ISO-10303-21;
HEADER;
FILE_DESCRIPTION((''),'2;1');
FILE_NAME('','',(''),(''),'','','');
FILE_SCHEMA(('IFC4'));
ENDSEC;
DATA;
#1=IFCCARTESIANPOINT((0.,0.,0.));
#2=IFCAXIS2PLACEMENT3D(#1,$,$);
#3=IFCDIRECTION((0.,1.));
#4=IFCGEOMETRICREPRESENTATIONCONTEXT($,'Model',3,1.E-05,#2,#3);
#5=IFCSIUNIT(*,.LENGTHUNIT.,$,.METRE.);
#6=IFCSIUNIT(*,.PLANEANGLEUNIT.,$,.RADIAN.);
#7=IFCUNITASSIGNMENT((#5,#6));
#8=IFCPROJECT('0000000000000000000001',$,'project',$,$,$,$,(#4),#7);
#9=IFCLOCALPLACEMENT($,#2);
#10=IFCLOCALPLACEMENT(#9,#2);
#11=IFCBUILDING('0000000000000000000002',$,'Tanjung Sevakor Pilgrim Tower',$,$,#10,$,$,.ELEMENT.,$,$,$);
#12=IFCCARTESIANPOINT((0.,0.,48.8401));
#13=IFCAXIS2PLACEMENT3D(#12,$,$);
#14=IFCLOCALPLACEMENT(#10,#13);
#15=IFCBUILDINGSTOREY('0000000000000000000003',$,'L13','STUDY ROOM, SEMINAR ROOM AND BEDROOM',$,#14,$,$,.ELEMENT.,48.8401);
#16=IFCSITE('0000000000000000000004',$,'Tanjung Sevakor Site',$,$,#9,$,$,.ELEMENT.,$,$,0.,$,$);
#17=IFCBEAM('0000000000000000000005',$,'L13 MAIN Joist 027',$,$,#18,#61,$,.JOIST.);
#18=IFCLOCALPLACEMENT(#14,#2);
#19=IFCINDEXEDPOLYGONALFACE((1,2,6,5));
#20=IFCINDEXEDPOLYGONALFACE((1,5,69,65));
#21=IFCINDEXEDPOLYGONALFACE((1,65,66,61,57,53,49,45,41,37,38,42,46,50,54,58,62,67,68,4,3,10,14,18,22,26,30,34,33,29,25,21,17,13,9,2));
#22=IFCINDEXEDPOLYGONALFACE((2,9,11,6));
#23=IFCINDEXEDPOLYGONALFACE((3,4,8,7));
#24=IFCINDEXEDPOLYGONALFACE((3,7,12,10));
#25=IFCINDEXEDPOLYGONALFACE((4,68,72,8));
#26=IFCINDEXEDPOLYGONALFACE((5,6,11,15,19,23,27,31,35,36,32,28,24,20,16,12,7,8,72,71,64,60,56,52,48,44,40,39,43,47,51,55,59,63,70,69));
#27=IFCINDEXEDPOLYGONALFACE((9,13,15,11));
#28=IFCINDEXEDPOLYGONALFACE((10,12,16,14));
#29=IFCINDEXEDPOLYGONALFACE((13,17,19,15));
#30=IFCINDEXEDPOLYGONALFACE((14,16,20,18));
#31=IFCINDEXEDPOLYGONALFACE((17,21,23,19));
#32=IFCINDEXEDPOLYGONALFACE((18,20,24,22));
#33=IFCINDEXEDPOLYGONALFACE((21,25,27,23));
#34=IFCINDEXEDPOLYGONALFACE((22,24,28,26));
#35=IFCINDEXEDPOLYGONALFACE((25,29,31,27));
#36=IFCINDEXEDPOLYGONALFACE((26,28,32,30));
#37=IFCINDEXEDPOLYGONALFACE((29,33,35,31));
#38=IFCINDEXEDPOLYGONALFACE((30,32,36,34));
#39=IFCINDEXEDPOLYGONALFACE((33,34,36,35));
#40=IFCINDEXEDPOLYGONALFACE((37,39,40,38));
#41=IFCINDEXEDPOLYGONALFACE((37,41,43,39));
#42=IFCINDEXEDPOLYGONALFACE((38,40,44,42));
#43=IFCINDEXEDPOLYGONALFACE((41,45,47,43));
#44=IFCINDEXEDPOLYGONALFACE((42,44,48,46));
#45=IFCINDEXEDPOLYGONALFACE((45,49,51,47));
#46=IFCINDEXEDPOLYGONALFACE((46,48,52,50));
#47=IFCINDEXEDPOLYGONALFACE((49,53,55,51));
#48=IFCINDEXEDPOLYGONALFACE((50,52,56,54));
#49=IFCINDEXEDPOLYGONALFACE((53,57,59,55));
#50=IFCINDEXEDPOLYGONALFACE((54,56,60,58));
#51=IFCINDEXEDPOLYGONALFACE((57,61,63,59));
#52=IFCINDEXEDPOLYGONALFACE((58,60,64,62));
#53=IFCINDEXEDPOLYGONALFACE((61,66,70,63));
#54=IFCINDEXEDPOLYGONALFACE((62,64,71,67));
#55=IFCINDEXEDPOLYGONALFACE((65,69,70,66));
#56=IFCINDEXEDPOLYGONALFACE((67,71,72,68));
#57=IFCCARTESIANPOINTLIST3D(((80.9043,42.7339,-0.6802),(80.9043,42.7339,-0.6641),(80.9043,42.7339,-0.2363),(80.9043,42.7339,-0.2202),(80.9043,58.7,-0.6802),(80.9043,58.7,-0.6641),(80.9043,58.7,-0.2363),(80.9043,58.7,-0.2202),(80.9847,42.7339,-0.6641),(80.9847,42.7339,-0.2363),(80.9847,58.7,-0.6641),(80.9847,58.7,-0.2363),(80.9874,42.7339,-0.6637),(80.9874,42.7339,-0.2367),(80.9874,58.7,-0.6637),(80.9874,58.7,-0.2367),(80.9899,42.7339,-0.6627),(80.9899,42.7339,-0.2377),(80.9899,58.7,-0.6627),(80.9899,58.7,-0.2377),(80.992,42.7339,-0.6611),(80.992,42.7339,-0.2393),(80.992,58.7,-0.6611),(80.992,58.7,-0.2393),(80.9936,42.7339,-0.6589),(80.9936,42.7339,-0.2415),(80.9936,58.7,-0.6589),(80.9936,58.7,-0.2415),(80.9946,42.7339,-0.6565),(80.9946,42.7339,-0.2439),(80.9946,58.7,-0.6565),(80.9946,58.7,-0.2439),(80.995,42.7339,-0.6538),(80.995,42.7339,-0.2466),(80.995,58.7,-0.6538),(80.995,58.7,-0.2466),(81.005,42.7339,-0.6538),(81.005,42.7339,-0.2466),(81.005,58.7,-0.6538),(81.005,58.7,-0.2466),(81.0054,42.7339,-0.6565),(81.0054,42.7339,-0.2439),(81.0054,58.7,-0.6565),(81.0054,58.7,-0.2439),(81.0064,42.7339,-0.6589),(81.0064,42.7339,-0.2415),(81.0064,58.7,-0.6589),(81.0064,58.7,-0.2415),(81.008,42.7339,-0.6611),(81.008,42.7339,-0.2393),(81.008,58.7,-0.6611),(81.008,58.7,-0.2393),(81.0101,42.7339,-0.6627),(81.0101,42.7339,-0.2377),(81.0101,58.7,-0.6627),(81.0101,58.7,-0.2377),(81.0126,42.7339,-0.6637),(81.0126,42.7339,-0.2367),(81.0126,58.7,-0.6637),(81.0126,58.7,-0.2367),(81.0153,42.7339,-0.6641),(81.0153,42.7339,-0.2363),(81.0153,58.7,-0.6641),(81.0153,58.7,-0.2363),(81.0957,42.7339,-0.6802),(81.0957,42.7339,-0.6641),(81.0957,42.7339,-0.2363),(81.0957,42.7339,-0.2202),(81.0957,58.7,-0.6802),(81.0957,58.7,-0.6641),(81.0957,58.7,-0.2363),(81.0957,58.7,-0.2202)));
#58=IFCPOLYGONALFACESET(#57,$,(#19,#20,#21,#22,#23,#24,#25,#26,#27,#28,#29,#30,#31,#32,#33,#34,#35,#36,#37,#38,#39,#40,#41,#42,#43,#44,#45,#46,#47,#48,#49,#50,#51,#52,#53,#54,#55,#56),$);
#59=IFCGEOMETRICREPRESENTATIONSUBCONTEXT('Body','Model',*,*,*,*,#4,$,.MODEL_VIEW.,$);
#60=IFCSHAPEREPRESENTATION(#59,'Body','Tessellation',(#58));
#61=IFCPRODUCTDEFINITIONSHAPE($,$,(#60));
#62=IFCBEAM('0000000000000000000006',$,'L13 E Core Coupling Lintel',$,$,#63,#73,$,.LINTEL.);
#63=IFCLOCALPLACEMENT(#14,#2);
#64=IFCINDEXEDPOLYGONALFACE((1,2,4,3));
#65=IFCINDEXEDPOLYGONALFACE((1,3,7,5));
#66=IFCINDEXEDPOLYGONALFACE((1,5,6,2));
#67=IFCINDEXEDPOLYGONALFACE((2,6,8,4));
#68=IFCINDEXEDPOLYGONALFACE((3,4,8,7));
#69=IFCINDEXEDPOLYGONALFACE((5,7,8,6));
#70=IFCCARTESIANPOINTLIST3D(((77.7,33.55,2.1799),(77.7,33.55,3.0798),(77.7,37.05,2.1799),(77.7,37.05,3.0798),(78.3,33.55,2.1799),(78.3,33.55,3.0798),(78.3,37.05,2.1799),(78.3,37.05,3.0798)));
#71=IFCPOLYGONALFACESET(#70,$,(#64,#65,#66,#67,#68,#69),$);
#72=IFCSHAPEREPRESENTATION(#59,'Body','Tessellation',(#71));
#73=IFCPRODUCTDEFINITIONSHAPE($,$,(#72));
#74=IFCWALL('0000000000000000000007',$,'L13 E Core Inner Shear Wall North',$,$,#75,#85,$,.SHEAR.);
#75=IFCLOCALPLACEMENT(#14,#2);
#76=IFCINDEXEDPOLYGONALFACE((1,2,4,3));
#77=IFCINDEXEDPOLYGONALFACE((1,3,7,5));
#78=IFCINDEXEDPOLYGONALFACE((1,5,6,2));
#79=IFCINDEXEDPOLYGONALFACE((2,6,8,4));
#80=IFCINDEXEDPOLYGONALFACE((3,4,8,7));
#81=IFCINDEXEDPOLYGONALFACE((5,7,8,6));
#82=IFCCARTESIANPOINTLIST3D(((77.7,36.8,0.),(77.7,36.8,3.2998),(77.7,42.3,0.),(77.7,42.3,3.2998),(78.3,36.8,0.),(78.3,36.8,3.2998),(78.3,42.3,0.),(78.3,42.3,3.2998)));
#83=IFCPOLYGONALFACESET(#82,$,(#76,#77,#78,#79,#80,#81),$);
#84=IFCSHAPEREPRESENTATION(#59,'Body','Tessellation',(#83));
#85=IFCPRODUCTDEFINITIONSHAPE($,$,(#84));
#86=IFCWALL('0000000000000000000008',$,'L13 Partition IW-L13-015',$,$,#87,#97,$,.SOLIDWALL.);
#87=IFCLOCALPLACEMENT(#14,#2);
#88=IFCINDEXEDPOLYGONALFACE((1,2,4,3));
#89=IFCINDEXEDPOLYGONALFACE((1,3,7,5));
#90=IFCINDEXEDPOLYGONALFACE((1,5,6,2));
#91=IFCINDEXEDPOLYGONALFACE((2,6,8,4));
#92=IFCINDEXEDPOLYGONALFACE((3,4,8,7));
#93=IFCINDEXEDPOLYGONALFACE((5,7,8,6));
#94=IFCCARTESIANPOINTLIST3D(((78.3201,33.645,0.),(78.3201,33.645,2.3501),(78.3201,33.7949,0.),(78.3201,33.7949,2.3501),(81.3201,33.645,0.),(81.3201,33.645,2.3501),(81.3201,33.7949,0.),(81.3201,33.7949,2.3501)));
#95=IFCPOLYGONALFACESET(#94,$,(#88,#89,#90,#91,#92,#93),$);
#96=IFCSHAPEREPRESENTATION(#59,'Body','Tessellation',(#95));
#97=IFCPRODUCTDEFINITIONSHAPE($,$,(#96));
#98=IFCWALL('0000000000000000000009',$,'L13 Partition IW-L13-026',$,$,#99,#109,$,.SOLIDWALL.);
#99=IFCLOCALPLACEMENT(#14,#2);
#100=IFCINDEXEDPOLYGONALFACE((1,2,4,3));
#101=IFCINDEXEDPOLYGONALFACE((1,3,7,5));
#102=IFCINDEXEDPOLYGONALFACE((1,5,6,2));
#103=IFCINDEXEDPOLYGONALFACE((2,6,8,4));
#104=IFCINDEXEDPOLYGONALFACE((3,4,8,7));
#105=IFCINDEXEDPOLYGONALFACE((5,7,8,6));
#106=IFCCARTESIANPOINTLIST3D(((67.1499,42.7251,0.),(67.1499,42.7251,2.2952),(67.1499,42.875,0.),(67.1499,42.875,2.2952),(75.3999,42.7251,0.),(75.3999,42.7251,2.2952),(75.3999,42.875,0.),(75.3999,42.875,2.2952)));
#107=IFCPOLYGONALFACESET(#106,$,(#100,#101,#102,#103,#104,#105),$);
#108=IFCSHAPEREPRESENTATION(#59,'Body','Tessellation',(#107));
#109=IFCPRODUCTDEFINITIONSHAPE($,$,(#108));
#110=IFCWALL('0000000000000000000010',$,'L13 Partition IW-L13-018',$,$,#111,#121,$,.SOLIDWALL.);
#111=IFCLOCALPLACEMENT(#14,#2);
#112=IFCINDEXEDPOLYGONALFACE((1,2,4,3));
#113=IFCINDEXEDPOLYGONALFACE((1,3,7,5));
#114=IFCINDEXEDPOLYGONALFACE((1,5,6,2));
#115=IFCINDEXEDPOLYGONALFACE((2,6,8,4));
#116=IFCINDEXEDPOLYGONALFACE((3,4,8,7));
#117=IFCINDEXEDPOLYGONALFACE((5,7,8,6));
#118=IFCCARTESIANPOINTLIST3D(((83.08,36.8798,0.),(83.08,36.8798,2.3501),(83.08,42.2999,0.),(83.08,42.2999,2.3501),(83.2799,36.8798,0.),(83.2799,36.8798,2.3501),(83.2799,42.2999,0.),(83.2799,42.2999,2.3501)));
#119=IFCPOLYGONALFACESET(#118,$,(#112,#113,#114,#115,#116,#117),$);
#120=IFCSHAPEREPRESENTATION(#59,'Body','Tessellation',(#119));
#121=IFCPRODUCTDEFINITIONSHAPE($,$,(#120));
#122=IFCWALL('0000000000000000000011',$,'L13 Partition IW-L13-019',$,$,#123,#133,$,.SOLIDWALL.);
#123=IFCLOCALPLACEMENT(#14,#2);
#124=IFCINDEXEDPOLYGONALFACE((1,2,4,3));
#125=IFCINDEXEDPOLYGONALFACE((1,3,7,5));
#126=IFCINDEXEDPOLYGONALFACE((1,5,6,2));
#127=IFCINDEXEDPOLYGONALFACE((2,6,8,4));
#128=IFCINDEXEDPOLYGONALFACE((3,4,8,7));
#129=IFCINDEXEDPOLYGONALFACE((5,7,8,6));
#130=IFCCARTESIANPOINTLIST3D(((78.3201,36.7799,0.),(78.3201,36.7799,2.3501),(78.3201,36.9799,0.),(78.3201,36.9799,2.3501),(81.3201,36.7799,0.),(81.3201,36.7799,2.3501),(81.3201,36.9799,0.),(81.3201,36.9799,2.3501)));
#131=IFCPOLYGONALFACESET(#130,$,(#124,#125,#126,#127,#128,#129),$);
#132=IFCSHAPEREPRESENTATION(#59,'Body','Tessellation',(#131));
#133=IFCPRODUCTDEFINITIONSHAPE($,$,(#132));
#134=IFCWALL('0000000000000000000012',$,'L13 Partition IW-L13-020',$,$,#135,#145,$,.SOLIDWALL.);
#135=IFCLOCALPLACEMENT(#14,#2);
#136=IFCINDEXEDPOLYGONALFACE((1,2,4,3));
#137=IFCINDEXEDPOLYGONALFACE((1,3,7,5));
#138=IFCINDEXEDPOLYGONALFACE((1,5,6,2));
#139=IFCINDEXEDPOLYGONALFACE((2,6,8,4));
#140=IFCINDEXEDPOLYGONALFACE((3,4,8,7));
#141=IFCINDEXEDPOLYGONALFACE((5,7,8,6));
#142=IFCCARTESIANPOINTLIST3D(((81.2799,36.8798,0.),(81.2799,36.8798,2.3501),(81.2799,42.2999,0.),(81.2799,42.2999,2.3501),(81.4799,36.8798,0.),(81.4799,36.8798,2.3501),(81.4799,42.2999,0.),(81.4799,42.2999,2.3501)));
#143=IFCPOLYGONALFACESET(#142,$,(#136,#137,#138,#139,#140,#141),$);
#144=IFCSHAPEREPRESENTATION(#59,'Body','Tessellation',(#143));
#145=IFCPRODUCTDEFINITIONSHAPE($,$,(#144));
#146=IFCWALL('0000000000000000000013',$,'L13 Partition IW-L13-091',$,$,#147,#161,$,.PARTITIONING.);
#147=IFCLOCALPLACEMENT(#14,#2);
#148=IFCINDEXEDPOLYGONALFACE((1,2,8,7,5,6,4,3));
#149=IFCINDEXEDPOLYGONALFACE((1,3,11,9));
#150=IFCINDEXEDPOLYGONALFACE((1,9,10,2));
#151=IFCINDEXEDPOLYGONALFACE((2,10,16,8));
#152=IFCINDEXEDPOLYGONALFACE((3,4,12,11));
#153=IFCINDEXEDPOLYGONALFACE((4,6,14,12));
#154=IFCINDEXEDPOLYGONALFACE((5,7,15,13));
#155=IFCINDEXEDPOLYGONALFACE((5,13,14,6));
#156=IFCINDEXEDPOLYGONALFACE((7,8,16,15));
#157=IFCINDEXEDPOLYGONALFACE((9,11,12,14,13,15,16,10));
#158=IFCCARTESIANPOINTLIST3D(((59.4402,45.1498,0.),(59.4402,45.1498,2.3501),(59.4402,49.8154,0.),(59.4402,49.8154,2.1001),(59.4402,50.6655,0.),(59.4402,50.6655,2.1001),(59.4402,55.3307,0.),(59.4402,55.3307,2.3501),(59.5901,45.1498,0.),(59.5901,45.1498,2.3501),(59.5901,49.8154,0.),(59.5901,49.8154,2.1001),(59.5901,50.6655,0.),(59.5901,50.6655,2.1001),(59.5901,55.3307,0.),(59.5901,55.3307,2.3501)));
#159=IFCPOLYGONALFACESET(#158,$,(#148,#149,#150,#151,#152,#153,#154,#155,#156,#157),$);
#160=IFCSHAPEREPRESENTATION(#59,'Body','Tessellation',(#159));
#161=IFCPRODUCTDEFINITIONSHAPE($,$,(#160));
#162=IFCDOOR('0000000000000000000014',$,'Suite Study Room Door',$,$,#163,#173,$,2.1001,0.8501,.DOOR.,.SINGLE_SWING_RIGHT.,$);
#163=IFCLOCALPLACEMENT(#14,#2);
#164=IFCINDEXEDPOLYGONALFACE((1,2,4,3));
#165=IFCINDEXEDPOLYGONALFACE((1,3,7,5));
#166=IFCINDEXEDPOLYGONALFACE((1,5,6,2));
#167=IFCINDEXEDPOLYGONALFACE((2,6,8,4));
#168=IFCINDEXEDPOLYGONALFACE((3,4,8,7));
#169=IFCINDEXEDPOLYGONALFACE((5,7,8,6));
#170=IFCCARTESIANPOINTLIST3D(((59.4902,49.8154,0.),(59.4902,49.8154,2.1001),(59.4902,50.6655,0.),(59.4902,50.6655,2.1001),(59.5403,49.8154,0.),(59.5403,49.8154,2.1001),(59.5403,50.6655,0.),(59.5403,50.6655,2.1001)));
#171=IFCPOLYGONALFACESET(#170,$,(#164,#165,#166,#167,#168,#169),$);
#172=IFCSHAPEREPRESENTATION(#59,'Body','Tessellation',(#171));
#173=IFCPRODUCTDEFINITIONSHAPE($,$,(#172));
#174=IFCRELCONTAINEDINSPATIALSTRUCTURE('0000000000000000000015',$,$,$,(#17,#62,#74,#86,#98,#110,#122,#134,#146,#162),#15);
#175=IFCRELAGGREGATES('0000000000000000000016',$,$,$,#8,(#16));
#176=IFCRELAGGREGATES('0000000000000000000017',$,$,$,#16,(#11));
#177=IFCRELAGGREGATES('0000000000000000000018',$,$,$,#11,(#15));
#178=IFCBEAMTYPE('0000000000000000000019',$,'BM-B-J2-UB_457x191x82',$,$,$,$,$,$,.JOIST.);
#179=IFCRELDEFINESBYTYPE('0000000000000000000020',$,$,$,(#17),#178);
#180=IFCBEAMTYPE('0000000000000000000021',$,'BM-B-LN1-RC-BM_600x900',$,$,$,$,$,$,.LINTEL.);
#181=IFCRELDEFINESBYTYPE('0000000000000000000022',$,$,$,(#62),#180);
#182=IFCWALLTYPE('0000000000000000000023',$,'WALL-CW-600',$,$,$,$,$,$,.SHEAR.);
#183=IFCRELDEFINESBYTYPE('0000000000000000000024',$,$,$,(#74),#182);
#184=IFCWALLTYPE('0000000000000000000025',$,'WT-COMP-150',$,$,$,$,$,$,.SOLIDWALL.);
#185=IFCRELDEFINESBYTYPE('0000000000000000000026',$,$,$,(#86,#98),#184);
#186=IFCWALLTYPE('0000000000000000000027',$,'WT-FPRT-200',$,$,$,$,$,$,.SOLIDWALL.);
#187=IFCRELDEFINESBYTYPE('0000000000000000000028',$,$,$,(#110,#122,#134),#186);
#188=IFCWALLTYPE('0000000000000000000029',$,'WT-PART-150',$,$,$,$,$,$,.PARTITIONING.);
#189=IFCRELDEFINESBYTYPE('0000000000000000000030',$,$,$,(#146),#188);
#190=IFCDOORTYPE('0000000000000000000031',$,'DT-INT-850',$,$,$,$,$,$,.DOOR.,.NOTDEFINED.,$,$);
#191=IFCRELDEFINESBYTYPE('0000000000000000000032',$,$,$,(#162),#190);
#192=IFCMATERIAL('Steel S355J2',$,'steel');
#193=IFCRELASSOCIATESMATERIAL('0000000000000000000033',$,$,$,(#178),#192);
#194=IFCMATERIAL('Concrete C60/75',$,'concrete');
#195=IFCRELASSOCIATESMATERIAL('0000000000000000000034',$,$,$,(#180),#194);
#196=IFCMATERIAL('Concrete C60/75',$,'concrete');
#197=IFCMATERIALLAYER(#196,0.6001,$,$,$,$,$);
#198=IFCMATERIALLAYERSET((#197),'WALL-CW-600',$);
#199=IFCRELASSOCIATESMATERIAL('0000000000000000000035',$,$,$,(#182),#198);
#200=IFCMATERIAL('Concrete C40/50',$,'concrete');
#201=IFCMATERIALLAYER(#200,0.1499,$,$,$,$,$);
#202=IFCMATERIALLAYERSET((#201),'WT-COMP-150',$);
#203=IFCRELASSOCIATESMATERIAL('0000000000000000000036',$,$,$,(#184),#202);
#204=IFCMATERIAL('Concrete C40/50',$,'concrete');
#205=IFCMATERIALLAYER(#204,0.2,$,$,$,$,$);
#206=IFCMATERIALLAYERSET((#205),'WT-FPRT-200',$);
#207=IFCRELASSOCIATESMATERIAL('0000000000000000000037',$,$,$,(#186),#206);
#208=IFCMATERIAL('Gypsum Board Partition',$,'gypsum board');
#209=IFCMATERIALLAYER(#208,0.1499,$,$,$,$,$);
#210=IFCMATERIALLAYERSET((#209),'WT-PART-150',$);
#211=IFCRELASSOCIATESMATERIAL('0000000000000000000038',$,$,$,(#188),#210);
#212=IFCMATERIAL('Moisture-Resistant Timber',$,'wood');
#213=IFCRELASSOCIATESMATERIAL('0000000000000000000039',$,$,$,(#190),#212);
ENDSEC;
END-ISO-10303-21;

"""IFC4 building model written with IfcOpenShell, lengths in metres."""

from ifc_helpers import new_model, si_unit, direction, frame, frame_2d, origin, origin_2d, place, context, subcontext, project, spatial, rectangle, i_section, extrude, material, layer, layer_set, material_profile, profile_set, type_object, element, fill, save


model = new_model("IFC4")

# Units and contexts
model_context = context("Model", 3, precision=1e-05, world=origin(), true_north=direction((0.0, 1.0)))
body_context = subcontext(model_context, "Body", "Model", "MODEL_VIEW")
ifc_project = project(units=[si_unit("LENGTHUNIT", "METRE"), si_unit("PLANEANGLEUNIT", "RADIAN")], contexts=[model_context])

# Site, building, storey
site_placement = place(None, origin())
site = spatial("IfcSite", under=ifc_project, at=site_placement, Name="Tanjung Sevakor Site", CompositionType="ELEMENT", RefElevation=0.0)
building_placement = place(site_placement, origin())
building = spatial("IfcBuilding", under=site, at=building_placement, Name="Tanjung Sevakor Pilgrim Tower", CompositionType="ELEMENT")
storey_placement = place(building_placement, frame((0.0, 0.0, 48.8401)))
storey = spatial("IfcBuildingStorey", under=building, at=storey_placement, Name="L13", Description="STUDY ROOM, SEMINAR ROOM AND BEDROOM", CompositionType="ELEMENT", Elevation=48.8401)

# Beams
ifc_material_1 = material(Name="Steel S355J2", Category="steel")
ifc_material_profile_1 = material_profile(ifc_material_1, i_section(OverallWidth=0.1914, OverallDepth=0.46, WebThickness=0.01, FlangeThickness=0.0161, FilletRadius=0.0103, at=origin_2d()))
ifc_profile_set_1 = profile_set([ifc_material_profile_1], Name="Steel S355J2")
beam_type_1 = type_object("IfcBeamType", Name="BM-B-J2-UB_457x191x82", PredefinedType="JOIST", material=ifc_profile_set_1)
for number, where, z_axis, x_axis, name in (
    (1, (81.0, 42.7339, -0.4502), (0.0, 1.0, 0.0), (-1.0, 0.0, 0.0), "L13 MAIN Joist 027"),
):
    element("IfcBeam", number, at=place(storey_placement, frame(where, z_axis=z_axis, x_axis=x_axis)), inside=storey, type_object=beam_type_1, Name=name, PredefinedType="JOIST", context=body_context, shape_type="SweptSolid", body=[
        extrude(i_section(OverallWidth=0.1914, OverallDepth=0.46, WebThickness=0.01, FlangeThickness=0.0161, FilletRadius=0.0103, at=origin_2d()), origin(), (0.0, 0.0, 1.0), 15.9661),
    ])
ifc_material_2 = material(Name="Concrete C60/75", Category="concrete")
ifc_material_profile_2 = material_profile(ifc_material_2, rectangle(XDim=0.6001, YDim=0.8999, at=origin_2d()))
ifc_profile_set_2 = profile_set([ifc_material_profile_2], Name="Concrete C60/75")
beam_type_2 = type_object("IfcBeamType", Name="BM-B-LN1-RC-BM_600x900", PredefinedType="LINTEL", material=ifc_profile_set_2)
beam_1_placement = place(storey_placement, frame((78.0, 33.55, 2.6299), z_axis=(0.0, 1.0, 0.0), x_axis=(-1.0, 0.0, 0.0)))
element("IfcBeam", 2, at=beam_1_placement, inside=storey, type_object=beam_type_2, Name="L13 E Core Coupling Lintel", PredefinedType="LINTEL", context=body_context, shape_type="SweptSolid", body=[
    extrude(rectangle(XDim=0.6001, YDim=0.8999, at=origin_2d()), origin(), (0.0, 0.0, 1.0), 3.5),
])

# Walls
ifc_material_3 = material(Name="Concrete C60/75", Category="concrete")
ifc_layer_1 = layer(ifc_material_3, 0.6001)
ifc_layer_set_1 = layer_set([ifc_layer_1], Name="WALL-CW-600")
wall_type_1 = type_object("IfcWallType", Name="WALL-CW-600", PredefinedType="SHEAR", material=ifc_layer_set_1)
wall_1_placement = place(storey_placement, frame((78.0, 36.8, 0.0), z_axis=(0.0, 0.0, 1.0), x_axis=(0.0, 1.0, 0.0)))
element("IfcWall", 3, at=wall_1_placement, inside=storey, type_object=wall_type_1, Name="L13 E Core Inner Shear Wall North", PredefinedType="SHEAR", context=body_context, shape_type="SweptSolid", body=[
    extrude(rectangle(XDim=5.5, YDim=0.6001, at=frame_2d((2.75, 0.0))), origin(), (0.0, 0.0, 1.0), 3.2998),
])
ifc_material_4 = material(Name="Concrete C40/50", Category="concrete")
ifc_layer_2 = layer(ifc_material_4, 0.1499)
ifc_layer_set_2 = layer_set([ifc_layer_2], Name="WT-COMP-150")
wall_type_2 = type_object("IfcWallType", Name="WT-COMP-150", PredefinedType="SOLIDWALL", material=ifc_layer_set_2)
wall_2_placement = place(storey_placement, frame((78.3201, 33.72, 0.0), z_axis=(0.0, 0.0, 1.0), x_axis=(1.0, 0.0, 0.0)))
element("IfcWall", 4, at=wall_2_placement, inside=storey, type_object=wall_type_2, Name="L13 Partition IW-L13-015", PredefinedType="SOLIDWALL", context=body_context, shape_type="SweptSolid", body=[
    extrude(rectangle(XDim=3.0, YDim=0.1499, at=frame_2d((1.5, 0.0))), origin(), (0.0, 0.0, 1.0), 2.3501),
])
wall_3_placement = place(storey_placement, frame((67.1499, 42.8, 0.0), z_axis=(0.0, 0.0, 1.0), x_axis=(1.0, 0.0, 0.0)))
element("IfcWall", 5, at=wall_3_placement, inside=storey, type_object=wall_type_2, Name="L13 Partition IW-L13-026", PredefinedType="SOLIDWALL", context=body_context, shape_type="SweptSolid", body=[
    extrude(rectangle(XDim=8.25, YDim=0.1499, at=frame_2d((4.125, 0.0))), origin(), (0.0, 0.0, 1.0), 2.2952),
])
ifc_material_5 = material(Name="Concrete C40/50", Category="concrete")
ifc_layer_3 = layer(ifc_material_5, 0.2)
ifc_layer_set_3 = layer_set([ifc_layer_3], Name="WT-FPRT-200")
wall_type_3 = type_object("IfcWallType", Name="WT-FPRT-200", PredefinedType="SOLIDWALL", material=ifc_layer_set_3)
wall_4_placement = place(storey_placement, frame((83.1799, 36.8799, 0.0), z_axis=(0.0, 0.0, 1.0), x_axis=(0.0, 1.0, 0.0)))
element("IfcWall", 6, at=wall_4_placement, inside=storey, type_object=wall_type_3, Name="L13 Partition IW-L13-018", PredefinedType="SOLIDWALL", context=body_context, shape_type="SweptSolid", body=[
    extrude(rectangle(XDim=5.4202, YDim=0.2, at=frame_2d((2.71, 0.0))), origin(), (0.0, 0.0, 1.0), 2.3501),
])
wall_5_placement = place(storey_placement, frame((78.3201, 36.8799, 0.0), z_axis=(0.0, 0.0, 1.0), x_axis=(1.0, 0.0, 0.0)))
element("IfcWall", 7, at=wall_5_placement, inside=storey, type_object=wall_type_3, Name="L13 Partition IW-L13-019", PredefinedType="SOLIDWALL", context=body_context, shape_type="SweptSolid", body=[
    extrude(rectangle(XDim=3.0, YDim=0.2, at=frame_2d((1.5, 0.0))), origin(), (0.0, 0.0, 1.0), 2.3501),
])
wall_6_placement = place(storey_placement, frame((81.3799, 36.8799, 0.0), z_axis=(0.0, 0.0, 1.0), x_axis=(0.0, 1.0, 0.0)))
element("IfcWall", 8, at=wall_6_placement, inside=storey, type_object=wall_type_3, Name="L13 Partition IW-L13-020", PredefinedType="SOLIDWALL", context=body_context, shape_type="SweptSolid", body=[
    extrude(rectangle(XDim=5.4202, YDim=0.2, at=frame_2d((2.71, 0.0))), origin(), (0.0, 0.0, 1.0), 2.3501),
])

# Wall, opening, door
ifc_material_6 = material(Name="Gypsum Board Partition", Category="gypsum board")
ifc_layer_4 = layer(ifc_material_6, 0.1499)
ifc_layer_set_4 = layer_set([ifc_layer_4], Name="WT-PART-150")
wall_type_4 = type_object("IfcWallType", Name="WT-PART-150", PredefinedType="PARTITIONING", material=ifc_layer_set_4)
wall_7_placement = place(storey_placement, frame((59.5151, 45.1499, 0.0), z_axis=(0.0, 0.0, 1.0), x_axis=(0.0, 1.0, 0.0)))
wall_7 = element("IfcWall", 9, at=wall_7_placement, inside=storey, type_object=wall_type_4, Name="L13 Partition IW-L13-091", PredefinedType="PARTITIONING", context=body_context, shape_type="SweptSolid", body=[
    extrude(rectangle(XDim=10.1809, YDim=0.1499, at=frame_2d((5.0903, 0.0))), origin(), (0.0, 0.0, 1.0), 2.3501),
])
opening_placement = place(wall_7_placement, frame((4.6655, 0.0, 0.0)))
opening = element("IfcOpeningElement", 10, at=opening_placement, cuts=wall_7, PredefinedType="OPENING", context=body_context, shape_type="SweptSolid", body=[
    extrude(rectangle(XDim=0.8501, YDim=2.1001, at=frame_2d((0.425, 1.05))), frame((0.0, 0.085, 0.0), z_axis=(0.0, -1.0, 0.0), x_axis=(1.0, 0.0, 0.0)), (0.0, 0.0, 1.0), 0.1699),
])
ifc_material_7 = material(Name="Moisture-Resistant Timber", Category="wood")
door_type = type_object("IfcDoorType", Name="DT-INT-850", OperationType="NOTDEFINED", PredefinedType="DOOR", material=ifc_material_7)
door_placement = place(opening_placement, origin())
door = element("IfcDoor", 11, at=door_placement, inside=storey, type_object=door_type, Name="Suite Study Room Door", OperationType="SINGLE_SWING_RIGHT", OverallHeight=2.1001, OverallWidth=0.8501, PredefinedType="DOOR", context=body_context, shape_type="SweptSolid", body=[
    extrude(rectangle(XDim=0.8501, YDim=2.1001, at=frame_2d((0.425, 1.05))), frame((0.0, 0.0249, 0.0), z_axis=(0.0, -1.0, 0.0), x_axis=(1.0, 0.0, 0.0)), (0.0, 0.0, 1.0), 0.05),
])
fill(opening, door)

save(model, "model.ifc")
